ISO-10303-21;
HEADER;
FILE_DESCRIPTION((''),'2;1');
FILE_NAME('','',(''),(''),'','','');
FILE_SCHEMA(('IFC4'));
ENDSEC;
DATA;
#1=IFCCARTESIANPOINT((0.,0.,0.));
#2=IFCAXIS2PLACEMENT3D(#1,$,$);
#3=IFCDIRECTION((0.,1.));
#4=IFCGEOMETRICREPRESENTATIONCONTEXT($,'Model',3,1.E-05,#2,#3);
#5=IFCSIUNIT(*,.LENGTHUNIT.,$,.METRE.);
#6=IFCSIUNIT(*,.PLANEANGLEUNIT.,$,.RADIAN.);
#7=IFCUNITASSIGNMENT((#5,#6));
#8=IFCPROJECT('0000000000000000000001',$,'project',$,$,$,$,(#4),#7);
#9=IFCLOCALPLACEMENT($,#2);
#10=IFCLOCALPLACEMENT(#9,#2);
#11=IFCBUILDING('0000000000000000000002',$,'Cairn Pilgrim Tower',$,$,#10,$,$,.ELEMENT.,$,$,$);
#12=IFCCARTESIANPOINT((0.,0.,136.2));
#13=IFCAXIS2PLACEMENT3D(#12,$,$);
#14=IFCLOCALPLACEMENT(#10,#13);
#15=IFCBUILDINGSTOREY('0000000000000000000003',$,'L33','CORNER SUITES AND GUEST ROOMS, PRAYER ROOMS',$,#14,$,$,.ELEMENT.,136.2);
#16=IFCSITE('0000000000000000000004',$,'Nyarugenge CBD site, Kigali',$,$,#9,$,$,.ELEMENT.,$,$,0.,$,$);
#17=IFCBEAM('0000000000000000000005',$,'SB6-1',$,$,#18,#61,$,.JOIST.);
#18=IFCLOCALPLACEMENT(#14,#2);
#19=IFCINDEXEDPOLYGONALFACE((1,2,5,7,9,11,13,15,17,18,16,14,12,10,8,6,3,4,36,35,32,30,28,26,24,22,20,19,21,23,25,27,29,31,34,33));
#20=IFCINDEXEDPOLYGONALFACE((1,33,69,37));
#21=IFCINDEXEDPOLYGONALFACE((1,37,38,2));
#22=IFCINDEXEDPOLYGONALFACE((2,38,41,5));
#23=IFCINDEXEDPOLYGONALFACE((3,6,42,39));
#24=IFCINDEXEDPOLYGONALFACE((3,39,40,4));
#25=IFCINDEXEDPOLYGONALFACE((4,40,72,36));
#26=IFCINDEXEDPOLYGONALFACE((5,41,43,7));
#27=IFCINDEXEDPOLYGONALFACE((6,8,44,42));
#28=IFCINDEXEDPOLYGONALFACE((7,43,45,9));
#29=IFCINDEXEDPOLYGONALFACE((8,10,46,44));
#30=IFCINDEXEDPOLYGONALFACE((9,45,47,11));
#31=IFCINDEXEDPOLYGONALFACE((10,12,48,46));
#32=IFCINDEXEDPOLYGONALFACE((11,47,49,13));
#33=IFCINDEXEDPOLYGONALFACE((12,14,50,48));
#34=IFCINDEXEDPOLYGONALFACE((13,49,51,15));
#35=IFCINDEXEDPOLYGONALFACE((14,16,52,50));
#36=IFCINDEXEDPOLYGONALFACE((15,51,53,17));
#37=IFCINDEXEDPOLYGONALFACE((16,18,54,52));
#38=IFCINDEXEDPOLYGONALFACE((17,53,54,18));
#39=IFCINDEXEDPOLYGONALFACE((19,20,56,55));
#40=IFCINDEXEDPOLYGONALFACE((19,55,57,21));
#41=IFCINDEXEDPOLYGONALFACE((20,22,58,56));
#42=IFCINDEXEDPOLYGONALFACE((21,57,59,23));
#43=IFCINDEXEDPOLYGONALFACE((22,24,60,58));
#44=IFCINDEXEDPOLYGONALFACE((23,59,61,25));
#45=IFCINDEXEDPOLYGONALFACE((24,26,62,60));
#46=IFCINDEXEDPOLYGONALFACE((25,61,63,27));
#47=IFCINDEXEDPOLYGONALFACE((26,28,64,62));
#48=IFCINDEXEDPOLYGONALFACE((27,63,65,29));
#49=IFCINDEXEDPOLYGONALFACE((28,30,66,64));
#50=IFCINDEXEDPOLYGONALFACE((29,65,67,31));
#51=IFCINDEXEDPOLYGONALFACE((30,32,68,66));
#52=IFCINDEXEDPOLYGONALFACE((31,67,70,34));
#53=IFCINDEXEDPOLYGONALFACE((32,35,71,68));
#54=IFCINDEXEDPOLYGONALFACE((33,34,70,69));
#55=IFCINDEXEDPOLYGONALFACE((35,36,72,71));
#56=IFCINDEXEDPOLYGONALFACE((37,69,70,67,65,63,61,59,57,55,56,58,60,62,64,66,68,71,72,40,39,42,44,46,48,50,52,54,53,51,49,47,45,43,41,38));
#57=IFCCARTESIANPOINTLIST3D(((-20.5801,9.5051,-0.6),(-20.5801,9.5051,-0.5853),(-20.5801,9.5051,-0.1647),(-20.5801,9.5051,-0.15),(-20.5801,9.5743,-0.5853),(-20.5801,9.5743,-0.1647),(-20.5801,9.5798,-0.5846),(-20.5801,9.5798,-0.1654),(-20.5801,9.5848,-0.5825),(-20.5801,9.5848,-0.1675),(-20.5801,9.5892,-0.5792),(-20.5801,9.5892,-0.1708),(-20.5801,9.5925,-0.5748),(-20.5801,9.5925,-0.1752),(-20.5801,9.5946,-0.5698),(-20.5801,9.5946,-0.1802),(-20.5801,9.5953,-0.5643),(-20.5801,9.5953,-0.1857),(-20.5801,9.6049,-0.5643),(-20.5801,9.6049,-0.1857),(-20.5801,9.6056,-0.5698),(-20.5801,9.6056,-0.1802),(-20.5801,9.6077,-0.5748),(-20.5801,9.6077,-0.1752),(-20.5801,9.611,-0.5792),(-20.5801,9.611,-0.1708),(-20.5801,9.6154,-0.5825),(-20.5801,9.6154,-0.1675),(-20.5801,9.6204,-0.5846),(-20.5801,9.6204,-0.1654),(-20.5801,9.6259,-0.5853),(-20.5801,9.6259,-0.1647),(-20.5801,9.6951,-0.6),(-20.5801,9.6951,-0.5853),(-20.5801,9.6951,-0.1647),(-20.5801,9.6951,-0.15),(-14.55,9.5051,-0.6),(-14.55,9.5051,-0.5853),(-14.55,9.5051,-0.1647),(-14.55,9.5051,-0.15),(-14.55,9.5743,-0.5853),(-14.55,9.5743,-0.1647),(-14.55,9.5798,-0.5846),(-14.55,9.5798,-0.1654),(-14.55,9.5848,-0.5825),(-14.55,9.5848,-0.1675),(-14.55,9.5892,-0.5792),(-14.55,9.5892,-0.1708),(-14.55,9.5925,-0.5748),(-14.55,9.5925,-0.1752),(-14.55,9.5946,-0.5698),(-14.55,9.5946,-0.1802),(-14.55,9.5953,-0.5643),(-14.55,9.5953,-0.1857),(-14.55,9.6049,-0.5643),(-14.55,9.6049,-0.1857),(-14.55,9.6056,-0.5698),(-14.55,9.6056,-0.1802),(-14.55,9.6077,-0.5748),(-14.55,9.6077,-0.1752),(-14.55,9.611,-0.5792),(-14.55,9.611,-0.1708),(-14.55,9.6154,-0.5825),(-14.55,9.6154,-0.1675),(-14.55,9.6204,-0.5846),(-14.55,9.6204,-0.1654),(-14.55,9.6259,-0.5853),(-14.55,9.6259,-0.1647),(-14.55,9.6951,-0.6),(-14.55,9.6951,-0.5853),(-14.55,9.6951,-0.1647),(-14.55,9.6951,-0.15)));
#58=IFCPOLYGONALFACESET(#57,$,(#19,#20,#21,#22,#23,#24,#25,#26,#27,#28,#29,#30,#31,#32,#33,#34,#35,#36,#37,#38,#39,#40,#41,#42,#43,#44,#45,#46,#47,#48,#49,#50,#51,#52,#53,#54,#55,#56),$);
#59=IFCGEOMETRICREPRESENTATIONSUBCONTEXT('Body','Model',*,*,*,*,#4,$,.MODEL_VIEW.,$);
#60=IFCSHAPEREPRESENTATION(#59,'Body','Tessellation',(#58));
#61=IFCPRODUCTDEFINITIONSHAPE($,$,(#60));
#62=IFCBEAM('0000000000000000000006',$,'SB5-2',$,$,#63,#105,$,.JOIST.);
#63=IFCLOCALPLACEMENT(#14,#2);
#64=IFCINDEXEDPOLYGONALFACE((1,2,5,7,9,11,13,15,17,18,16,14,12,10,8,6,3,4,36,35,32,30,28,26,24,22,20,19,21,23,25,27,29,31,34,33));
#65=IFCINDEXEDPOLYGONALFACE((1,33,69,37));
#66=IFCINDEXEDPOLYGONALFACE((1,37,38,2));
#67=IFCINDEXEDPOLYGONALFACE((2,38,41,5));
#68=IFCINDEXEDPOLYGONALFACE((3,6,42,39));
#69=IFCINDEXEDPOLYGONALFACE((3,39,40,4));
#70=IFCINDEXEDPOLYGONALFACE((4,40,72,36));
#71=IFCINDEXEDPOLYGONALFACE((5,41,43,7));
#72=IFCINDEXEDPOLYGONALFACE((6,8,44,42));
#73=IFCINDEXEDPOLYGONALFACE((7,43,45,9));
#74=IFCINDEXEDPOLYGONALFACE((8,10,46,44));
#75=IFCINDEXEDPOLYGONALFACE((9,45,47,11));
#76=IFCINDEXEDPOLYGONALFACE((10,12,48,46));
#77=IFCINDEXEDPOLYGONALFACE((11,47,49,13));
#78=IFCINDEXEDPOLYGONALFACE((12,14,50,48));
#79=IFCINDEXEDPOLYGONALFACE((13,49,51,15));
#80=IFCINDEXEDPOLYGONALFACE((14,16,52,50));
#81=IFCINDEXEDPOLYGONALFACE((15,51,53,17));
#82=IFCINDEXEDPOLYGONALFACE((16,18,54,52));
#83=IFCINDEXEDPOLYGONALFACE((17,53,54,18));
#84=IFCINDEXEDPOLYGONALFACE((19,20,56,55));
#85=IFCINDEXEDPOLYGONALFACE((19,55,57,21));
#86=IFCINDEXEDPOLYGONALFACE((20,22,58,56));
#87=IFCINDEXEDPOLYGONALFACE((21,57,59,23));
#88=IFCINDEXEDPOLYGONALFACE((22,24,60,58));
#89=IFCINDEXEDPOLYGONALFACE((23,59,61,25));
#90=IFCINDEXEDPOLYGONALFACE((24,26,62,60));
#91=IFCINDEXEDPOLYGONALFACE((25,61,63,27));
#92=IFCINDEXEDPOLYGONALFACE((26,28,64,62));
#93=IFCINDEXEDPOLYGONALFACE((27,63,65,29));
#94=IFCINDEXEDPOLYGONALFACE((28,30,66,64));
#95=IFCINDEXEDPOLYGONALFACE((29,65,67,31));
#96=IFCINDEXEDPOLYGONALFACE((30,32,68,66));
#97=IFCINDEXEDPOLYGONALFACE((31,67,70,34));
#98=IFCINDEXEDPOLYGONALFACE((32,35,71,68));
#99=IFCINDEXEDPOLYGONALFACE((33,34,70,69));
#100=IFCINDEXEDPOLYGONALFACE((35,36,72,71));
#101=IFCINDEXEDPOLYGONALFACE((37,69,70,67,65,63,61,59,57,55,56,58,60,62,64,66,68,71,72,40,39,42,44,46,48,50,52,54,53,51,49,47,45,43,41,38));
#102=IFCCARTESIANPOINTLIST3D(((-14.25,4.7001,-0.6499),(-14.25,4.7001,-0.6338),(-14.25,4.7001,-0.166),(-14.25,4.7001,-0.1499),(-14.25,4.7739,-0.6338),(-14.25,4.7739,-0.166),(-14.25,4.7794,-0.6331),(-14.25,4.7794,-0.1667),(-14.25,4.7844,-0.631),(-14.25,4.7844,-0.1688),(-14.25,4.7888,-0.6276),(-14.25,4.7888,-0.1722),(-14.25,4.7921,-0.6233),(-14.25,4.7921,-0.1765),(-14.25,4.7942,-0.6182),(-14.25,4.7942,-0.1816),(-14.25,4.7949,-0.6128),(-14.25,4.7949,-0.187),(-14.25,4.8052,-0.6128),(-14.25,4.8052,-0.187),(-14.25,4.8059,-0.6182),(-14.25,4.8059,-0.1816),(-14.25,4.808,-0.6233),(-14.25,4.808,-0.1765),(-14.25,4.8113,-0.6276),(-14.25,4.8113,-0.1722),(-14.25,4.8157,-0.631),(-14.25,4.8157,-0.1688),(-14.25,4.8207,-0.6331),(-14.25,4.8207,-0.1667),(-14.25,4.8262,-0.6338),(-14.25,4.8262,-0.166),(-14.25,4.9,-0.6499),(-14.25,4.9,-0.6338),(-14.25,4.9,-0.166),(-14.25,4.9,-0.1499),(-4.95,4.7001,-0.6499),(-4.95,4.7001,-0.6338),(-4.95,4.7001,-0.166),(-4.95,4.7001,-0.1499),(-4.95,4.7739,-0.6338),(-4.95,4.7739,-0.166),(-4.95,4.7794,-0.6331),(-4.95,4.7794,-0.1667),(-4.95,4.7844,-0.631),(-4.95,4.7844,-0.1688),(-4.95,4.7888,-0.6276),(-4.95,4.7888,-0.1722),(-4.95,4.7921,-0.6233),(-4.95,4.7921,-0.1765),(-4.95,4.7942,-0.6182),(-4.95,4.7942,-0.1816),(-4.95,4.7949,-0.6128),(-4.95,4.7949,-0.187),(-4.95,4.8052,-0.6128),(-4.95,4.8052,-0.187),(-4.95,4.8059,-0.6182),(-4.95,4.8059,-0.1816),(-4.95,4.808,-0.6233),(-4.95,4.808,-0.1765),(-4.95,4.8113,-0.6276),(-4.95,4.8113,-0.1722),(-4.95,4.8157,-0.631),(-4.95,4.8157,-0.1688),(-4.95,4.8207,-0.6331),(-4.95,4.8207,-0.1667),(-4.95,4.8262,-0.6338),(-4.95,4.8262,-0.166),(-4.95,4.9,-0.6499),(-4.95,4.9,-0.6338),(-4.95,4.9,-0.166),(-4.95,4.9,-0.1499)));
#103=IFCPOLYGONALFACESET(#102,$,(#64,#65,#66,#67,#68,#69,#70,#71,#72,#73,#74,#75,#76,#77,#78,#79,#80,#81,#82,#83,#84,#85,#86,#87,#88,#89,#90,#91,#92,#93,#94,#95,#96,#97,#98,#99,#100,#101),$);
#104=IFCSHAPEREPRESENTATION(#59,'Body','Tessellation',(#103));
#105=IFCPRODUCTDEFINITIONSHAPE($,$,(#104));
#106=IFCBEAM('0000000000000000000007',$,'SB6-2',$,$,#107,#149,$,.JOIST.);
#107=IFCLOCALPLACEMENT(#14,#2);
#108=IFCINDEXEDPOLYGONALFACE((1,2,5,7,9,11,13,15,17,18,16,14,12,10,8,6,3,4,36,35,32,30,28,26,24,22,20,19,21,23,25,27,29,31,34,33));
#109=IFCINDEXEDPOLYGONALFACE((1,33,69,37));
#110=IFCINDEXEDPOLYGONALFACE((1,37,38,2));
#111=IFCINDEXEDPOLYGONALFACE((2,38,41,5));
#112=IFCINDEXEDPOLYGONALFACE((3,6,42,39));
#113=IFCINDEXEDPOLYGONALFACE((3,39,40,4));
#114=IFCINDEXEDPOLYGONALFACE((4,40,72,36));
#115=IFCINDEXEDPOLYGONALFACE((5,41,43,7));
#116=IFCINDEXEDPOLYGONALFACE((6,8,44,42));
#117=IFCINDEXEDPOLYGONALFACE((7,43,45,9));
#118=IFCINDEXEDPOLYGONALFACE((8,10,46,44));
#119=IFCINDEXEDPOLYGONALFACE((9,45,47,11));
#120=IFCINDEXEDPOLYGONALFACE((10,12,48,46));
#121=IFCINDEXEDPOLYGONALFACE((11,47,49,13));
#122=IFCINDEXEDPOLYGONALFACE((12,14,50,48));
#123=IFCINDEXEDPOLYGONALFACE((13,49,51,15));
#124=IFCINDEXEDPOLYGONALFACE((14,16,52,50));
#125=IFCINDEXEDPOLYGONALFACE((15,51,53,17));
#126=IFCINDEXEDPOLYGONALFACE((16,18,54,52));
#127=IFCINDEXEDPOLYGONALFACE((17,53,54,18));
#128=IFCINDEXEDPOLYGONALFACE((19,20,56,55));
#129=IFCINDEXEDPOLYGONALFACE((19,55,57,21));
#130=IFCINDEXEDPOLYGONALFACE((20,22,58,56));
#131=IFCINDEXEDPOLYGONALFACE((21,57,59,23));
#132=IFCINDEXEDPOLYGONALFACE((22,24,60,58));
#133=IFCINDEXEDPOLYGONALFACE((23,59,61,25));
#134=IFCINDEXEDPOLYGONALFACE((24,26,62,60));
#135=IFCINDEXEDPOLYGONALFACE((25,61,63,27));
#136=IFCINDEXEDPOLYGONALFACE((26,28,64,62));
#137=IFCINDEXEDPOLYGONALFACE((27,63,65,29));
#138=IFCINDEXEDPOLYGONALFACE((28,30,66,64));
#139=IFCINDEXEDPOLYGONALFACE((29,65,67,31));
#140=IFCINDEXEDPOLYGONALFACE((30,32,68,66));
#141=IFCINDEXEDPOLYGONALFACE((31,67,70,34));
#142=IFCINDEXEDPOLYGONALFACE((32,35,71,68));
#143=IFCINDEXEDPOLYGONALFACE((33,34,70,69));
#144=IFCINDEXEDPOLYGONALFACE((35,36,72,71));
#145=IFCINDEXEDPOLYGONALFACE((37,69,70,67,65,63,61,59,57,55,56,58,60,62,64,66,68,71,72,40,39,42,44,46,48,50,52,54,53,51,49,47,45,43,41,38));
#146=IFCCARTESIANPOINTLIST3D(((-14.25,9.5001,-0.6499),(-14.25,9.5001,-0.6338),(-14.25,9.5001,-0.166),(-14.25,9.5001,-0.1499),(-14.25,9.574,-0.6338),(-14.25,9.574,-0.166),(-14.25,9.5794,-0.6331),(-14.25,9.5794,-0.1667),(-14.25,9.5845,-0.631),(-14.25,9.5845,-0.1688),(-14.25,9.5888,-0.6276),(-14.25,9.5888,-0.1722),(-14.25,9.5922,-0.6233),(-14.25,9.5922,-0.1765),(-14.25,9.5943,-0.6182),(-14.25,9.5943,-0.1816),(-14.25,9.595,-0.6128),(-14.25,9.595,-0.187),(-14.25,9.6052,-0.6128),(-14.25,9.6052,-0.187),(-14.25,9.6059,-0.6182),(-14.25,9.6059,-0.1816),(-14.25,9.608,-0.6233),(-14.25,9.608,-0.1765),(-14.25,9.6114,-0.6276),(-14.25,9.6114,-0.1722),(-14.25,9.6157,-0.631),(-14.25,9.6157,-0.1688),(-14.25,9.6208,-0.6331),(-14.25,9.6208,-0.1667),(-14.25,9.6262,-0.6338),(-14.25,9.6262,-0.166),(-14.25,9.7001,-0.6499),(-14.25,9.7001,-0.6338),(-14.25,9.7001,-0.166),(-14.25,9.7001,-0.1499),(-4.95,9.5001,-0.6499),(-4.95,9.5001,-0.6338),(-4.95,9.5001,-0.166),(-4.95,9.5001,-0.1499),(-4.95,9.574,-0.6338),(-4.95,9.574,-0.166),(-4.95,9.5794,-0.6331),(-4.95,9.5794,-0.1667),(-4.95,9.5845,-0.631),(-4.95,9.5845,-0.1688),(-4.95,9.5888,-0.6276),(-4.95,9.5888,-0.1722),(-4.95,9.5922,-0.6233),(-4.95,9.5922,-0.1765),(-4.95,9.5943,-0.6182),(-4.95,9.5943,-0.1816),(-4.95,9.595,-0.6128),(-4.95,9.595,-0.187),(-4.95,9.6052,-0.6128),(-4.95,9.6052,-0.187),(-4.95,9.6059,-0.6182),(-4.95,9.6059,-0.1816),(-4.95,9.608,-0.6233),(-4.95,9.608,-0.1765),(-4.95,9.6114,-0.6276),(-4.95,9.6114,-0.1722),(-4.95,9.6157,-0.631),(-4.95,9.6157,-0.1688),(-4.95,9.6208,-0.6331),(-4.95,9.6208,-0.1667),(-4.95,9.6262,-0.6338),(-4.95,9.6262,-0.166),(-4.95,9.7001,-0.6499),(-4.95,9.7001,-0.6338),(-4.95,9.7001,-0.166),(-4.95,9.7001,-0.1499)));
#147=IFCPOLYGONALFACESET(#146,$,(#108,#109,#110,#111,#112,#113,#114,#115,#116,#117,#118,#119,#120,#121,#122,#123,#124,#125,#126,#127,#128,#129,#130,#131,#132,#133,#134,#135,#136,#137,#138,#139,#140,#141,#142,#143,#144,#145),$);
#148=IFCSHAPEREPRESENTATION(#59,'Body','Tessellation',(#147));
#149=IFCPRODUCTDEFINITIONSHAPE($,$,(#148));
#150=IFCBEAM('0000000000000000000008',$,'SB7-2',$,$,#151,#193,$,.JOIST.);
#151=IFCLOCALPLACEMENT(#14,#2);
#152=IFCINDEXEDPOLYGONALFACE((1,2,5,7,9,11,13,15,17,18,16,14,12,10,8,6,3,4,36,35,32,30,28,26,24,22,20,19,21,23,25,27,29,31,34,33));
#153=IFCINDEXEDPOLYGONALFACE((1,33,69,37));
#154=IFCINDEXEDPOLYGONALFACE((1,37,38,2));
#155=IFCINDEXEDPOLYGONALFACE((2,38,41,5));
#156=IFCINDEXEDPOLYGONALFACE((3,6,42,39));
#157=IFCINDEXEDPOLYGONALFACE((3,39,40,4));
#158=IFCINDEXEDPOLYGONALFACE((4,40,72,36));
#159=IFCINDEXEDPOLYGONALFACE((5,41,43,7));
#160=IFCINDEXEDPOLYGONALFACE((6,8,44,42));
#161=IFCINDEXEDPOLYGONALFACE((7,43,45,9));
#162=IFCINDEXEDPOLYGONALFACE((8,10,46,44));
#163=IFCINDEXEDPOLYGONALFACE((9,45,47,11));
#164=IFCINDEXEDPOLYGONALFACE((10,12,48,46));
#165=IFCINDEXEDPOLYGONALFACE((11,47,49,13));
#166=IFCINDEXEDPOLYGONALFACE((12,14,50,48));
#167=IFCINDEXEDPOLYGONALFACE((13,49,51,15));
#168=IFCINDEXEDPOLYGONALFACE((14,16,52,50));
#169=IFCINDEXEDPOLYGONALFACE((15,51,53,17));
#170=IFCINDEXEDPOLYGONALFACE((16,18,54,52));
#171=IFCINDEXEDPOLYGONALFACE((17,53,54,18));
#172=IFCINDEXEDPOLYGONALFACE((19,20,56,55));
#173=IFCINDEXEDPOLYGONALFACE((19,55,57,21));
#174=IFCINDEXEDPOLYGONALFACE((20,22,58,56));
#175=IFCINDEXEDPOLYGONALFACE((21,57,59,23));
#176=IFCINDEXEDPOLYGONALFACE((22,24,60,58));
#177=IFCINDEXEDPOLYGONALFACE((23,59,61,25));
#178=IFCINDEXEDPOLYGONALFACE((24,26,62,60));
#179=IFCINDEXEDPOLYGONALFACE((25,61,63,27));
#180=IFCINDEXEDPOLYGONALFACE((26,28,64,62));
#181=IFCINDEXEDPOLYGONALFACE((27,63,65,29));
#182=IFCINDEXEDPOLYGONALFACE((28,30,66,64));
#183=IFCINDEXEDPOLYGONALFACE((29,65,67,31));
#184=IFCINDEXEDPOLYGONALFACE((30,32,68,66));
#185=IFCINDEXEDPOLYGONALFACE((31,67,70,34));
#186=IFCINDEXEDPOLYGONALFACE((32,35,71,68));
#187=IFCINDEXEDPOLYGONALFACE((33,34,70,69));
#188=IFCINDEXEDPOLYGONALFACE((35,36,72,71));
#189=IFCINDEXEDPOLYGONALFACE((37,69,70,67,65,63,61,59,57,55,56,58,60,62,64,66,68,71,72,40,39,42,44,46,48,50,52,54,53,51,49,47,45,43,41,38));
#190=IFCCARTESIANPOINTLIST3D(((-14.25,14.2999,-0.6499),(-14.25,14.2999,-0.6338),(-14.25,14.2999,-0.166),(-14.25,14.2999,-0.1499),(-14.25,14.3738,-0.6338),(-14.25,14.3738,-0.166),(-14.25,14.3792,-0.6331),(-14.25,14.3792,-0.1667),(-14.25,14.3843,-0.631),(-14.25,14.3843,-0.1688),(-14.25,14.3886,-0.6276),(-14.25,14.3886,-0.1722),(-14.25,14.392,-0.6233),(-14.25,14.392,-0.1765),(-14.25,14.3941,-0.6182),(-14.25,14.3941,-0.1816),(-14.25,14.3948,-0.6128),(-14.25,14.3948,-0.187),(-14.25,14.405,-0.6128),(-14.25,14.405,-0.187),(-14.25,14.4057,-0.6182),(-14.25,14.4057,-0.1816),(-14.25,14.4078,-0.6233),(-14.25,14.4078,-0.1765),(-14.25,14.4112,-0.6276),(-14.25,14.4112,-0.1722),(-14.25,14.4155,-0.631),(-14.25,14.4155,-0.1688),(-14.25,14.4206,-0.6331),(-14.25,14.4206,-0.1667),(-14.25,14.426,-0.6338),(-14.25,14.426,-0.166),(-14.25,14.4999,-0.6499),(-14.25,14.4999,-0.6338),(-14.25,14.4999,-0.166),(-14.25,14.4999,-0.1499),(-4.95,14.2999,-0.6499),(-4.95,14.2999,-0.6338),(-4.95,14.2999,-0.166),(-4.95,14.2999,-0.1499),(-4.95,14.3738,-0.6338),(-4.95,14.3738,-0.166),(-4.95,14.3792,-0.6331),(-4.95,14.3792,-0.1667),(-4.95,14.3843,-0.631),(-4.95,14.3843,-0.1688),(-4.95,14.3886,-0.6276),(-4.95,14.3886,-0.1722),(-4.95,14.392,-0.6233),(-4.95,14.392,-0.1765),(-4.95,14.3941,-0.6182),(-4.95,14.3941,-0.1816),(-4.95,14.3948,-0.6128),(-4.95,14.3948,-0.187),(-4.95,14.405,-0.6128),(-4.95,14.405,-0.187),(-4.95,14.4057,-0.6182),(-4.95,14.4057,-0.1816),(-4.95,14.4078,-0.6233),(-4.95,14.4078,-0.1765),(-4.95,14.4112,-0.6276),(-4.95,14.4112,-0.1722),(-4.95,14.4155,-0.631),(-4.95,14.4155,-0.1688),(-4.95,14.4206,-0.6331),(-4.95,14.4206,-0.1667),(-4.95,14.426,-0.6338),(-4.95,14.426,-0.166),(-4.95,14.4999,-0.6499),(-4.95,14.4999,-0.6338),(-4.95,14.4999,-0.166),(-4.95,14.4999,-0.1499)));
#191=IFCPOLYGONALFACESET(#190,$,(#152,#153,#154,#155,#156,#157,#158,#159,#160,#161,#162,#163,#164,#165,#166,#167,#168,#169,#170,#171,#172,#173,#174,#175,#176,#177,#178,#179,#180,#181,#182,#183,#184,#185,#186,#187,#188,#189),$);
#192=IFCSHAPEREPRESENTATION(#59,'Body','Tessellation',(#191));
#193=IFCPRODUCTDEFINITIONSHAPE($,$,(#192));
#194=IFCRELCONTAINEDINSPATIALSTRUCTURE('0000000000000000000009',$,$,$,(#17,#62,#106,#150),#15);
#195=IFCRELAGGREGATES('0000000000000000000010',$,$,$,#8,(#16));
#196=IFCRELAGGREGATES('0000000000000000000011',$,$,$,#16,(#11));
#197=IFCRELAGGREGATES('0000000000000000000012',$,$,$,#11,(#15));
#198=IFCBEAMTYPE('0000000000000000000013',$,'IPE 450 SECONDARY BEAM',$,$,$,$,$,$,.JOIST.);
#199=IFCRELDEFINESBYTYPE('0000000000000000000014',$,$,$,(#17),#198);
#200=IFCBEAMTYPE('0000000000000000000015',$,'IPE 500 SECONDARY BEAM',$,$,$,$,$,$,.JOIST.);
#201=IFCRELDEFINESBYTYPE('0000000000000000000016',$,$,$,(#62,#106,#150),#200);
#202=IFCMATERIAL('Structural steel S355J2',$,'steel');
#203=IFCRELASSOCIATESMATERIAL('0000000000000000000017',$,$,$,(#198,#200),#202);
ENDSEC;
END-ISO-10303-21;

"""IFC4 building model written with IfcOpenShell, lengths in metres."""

from ifc_helpers import new_model, si_unit, direction, frame, origin, origin_2d, place, context, subcontext, project, spatial, i_section, extrude, material, material_profile, profile_set, type_object, element, save


model = new_model("IFC4")

# Units and contexts
model_context = context("Model", 3, precision=1e-05, world=origin(), true_north=direction((0.0, 1.0)))
body_context = subcontext(model_context, "Body", "Model", "MODEL_VIEW")
ifc_project = project(units=[si_unit("LENGTHUNIT", "METRE"), si_unit("PLANEANGLEUNIT", "RADIAN")], contexts=[model_context])

# Site, building, storey
site_placement = place(None, origin())
site = spatial("IfcSite", under=ifc_project, at=site_placement, Name="Nyarugenge CBD site, Kigali", CompositionType="ELEMENT", RefElevation=0.0)
building_placement = place(site_placement, origin())
building = spatial("IfcBuilding", under=site, at=building_placement, Name="Cairn Pilgrim Tower", CompositionType="ELEMENT")
storey_placement = place(building_placement, frame((0.0, 0.0, 136.2)))
storey = spatial("IfcBuildingStorey", under=building, at=storey_placement, Name="L33", Description="CORNER SUITES AND GUEST ROOMS, PRAYER ROOMS", CompositionType="ELEMENT", Elevation=136.2)

# Shared definitions
ifc_material_1 = material(Name="Structural steel S355J2", Category="steel")

# Beams
ifc_material_profile_1 = material_profile(ifc_material_1, i_section(OverallWidth=0.1899, OverallDepth=0.45, WebThickness=0.0095, FlangeThickness=0.0146, FilletRadius=0.021, at=origin_2d()), Name="IPE 450")
ifc_profile_set_1 = profile_set([ifc_material_profile_1], Name="Structural steel S355J2")
beam_type_1 = type_object("IfcBeamType", Name="IPE 450 SECONDARY BEAM", PredefinedType="JOIST", material=ifc_profile_set_1)
for number, where, z_axis, x_axis, name in (
    (1, (-20.5801, 9.6001, -0.375), (1.0, 0.0, 0.0), (0.0, 1.0, 0.0), "SB6-1"),
):
    element("IfcBeam", number, at=place(storey_placement, frame(where, z_axis=z_axis, x_axis=x_axis)), inside=storey, type_object=beam_type_1, Name=name, PredefinedType="JOIST", context=body_context, shape_type="SweptSolid", body=[
        extrude(i_section(OverallWidth=0.1899, OverallDepth=0.45, WebThickness=0.0095, FlangeThickness=0.0146, FilletRadius=0.021, at=origin_2d()), origin(), (0.0, 0.0, 1.0), 6.03),
    ])
ifc_material_profile_2 = material_profile(ifc_material_1, i_section(OverallWidth=0.2, OverallDepth=0.5, WebThickness=0.0103, FlangeThickness=0.0161, FilletRadius=0.021, at=origin_2d()), Name="IPE 500")
ifc_profile_set_2 = profile_set([ifc_material_profile_2], Name="Structural steel S355J2")
beam_type_2 = type_object("IfcBeamType", Name="IPE 500 SECONDARY BEAM", PredefinedType="JOIST", material=ifc_profile_set_2)
for number, where, z_axis, x_axis, name in (
    (2, (-14.25, 4.8, -0.3999), (1.0, 0.0, 0.0), (0.0, 1.0, 0.0), "SB5-2"),
    (3, (-14.25, 9.6001, -0.3999), (1.0, 0.0, 0.0), (0.0, 1.0, 0.0), "SB6-2"),
    (4, (-14.25, 14.3999, -0.3999), (1.0, 0.0, 0.0), (0.0, 1.0, 0.0), "SB7-2"),
):
    element("IfcBeam", number, at=place(storey_placement, frame(where, z_axis=z_axis, x_axis=x_axis)), inside=storey, type_object=beam_type_2, Name=name, PredefinedType="JOIST", context=body_context, shape_type="SweptSolid", body=[
        extrude(i_section(OverallWidth=0.2, OverallDepth=0.5, WebThickness=0.0103, FlangeThickness=0.0161, FilletRadius=0.021, at=origin_2d()), origin(), (0.0, 0.0, 1.0), 9.3),
    ])

save(model, "model.ifc")
